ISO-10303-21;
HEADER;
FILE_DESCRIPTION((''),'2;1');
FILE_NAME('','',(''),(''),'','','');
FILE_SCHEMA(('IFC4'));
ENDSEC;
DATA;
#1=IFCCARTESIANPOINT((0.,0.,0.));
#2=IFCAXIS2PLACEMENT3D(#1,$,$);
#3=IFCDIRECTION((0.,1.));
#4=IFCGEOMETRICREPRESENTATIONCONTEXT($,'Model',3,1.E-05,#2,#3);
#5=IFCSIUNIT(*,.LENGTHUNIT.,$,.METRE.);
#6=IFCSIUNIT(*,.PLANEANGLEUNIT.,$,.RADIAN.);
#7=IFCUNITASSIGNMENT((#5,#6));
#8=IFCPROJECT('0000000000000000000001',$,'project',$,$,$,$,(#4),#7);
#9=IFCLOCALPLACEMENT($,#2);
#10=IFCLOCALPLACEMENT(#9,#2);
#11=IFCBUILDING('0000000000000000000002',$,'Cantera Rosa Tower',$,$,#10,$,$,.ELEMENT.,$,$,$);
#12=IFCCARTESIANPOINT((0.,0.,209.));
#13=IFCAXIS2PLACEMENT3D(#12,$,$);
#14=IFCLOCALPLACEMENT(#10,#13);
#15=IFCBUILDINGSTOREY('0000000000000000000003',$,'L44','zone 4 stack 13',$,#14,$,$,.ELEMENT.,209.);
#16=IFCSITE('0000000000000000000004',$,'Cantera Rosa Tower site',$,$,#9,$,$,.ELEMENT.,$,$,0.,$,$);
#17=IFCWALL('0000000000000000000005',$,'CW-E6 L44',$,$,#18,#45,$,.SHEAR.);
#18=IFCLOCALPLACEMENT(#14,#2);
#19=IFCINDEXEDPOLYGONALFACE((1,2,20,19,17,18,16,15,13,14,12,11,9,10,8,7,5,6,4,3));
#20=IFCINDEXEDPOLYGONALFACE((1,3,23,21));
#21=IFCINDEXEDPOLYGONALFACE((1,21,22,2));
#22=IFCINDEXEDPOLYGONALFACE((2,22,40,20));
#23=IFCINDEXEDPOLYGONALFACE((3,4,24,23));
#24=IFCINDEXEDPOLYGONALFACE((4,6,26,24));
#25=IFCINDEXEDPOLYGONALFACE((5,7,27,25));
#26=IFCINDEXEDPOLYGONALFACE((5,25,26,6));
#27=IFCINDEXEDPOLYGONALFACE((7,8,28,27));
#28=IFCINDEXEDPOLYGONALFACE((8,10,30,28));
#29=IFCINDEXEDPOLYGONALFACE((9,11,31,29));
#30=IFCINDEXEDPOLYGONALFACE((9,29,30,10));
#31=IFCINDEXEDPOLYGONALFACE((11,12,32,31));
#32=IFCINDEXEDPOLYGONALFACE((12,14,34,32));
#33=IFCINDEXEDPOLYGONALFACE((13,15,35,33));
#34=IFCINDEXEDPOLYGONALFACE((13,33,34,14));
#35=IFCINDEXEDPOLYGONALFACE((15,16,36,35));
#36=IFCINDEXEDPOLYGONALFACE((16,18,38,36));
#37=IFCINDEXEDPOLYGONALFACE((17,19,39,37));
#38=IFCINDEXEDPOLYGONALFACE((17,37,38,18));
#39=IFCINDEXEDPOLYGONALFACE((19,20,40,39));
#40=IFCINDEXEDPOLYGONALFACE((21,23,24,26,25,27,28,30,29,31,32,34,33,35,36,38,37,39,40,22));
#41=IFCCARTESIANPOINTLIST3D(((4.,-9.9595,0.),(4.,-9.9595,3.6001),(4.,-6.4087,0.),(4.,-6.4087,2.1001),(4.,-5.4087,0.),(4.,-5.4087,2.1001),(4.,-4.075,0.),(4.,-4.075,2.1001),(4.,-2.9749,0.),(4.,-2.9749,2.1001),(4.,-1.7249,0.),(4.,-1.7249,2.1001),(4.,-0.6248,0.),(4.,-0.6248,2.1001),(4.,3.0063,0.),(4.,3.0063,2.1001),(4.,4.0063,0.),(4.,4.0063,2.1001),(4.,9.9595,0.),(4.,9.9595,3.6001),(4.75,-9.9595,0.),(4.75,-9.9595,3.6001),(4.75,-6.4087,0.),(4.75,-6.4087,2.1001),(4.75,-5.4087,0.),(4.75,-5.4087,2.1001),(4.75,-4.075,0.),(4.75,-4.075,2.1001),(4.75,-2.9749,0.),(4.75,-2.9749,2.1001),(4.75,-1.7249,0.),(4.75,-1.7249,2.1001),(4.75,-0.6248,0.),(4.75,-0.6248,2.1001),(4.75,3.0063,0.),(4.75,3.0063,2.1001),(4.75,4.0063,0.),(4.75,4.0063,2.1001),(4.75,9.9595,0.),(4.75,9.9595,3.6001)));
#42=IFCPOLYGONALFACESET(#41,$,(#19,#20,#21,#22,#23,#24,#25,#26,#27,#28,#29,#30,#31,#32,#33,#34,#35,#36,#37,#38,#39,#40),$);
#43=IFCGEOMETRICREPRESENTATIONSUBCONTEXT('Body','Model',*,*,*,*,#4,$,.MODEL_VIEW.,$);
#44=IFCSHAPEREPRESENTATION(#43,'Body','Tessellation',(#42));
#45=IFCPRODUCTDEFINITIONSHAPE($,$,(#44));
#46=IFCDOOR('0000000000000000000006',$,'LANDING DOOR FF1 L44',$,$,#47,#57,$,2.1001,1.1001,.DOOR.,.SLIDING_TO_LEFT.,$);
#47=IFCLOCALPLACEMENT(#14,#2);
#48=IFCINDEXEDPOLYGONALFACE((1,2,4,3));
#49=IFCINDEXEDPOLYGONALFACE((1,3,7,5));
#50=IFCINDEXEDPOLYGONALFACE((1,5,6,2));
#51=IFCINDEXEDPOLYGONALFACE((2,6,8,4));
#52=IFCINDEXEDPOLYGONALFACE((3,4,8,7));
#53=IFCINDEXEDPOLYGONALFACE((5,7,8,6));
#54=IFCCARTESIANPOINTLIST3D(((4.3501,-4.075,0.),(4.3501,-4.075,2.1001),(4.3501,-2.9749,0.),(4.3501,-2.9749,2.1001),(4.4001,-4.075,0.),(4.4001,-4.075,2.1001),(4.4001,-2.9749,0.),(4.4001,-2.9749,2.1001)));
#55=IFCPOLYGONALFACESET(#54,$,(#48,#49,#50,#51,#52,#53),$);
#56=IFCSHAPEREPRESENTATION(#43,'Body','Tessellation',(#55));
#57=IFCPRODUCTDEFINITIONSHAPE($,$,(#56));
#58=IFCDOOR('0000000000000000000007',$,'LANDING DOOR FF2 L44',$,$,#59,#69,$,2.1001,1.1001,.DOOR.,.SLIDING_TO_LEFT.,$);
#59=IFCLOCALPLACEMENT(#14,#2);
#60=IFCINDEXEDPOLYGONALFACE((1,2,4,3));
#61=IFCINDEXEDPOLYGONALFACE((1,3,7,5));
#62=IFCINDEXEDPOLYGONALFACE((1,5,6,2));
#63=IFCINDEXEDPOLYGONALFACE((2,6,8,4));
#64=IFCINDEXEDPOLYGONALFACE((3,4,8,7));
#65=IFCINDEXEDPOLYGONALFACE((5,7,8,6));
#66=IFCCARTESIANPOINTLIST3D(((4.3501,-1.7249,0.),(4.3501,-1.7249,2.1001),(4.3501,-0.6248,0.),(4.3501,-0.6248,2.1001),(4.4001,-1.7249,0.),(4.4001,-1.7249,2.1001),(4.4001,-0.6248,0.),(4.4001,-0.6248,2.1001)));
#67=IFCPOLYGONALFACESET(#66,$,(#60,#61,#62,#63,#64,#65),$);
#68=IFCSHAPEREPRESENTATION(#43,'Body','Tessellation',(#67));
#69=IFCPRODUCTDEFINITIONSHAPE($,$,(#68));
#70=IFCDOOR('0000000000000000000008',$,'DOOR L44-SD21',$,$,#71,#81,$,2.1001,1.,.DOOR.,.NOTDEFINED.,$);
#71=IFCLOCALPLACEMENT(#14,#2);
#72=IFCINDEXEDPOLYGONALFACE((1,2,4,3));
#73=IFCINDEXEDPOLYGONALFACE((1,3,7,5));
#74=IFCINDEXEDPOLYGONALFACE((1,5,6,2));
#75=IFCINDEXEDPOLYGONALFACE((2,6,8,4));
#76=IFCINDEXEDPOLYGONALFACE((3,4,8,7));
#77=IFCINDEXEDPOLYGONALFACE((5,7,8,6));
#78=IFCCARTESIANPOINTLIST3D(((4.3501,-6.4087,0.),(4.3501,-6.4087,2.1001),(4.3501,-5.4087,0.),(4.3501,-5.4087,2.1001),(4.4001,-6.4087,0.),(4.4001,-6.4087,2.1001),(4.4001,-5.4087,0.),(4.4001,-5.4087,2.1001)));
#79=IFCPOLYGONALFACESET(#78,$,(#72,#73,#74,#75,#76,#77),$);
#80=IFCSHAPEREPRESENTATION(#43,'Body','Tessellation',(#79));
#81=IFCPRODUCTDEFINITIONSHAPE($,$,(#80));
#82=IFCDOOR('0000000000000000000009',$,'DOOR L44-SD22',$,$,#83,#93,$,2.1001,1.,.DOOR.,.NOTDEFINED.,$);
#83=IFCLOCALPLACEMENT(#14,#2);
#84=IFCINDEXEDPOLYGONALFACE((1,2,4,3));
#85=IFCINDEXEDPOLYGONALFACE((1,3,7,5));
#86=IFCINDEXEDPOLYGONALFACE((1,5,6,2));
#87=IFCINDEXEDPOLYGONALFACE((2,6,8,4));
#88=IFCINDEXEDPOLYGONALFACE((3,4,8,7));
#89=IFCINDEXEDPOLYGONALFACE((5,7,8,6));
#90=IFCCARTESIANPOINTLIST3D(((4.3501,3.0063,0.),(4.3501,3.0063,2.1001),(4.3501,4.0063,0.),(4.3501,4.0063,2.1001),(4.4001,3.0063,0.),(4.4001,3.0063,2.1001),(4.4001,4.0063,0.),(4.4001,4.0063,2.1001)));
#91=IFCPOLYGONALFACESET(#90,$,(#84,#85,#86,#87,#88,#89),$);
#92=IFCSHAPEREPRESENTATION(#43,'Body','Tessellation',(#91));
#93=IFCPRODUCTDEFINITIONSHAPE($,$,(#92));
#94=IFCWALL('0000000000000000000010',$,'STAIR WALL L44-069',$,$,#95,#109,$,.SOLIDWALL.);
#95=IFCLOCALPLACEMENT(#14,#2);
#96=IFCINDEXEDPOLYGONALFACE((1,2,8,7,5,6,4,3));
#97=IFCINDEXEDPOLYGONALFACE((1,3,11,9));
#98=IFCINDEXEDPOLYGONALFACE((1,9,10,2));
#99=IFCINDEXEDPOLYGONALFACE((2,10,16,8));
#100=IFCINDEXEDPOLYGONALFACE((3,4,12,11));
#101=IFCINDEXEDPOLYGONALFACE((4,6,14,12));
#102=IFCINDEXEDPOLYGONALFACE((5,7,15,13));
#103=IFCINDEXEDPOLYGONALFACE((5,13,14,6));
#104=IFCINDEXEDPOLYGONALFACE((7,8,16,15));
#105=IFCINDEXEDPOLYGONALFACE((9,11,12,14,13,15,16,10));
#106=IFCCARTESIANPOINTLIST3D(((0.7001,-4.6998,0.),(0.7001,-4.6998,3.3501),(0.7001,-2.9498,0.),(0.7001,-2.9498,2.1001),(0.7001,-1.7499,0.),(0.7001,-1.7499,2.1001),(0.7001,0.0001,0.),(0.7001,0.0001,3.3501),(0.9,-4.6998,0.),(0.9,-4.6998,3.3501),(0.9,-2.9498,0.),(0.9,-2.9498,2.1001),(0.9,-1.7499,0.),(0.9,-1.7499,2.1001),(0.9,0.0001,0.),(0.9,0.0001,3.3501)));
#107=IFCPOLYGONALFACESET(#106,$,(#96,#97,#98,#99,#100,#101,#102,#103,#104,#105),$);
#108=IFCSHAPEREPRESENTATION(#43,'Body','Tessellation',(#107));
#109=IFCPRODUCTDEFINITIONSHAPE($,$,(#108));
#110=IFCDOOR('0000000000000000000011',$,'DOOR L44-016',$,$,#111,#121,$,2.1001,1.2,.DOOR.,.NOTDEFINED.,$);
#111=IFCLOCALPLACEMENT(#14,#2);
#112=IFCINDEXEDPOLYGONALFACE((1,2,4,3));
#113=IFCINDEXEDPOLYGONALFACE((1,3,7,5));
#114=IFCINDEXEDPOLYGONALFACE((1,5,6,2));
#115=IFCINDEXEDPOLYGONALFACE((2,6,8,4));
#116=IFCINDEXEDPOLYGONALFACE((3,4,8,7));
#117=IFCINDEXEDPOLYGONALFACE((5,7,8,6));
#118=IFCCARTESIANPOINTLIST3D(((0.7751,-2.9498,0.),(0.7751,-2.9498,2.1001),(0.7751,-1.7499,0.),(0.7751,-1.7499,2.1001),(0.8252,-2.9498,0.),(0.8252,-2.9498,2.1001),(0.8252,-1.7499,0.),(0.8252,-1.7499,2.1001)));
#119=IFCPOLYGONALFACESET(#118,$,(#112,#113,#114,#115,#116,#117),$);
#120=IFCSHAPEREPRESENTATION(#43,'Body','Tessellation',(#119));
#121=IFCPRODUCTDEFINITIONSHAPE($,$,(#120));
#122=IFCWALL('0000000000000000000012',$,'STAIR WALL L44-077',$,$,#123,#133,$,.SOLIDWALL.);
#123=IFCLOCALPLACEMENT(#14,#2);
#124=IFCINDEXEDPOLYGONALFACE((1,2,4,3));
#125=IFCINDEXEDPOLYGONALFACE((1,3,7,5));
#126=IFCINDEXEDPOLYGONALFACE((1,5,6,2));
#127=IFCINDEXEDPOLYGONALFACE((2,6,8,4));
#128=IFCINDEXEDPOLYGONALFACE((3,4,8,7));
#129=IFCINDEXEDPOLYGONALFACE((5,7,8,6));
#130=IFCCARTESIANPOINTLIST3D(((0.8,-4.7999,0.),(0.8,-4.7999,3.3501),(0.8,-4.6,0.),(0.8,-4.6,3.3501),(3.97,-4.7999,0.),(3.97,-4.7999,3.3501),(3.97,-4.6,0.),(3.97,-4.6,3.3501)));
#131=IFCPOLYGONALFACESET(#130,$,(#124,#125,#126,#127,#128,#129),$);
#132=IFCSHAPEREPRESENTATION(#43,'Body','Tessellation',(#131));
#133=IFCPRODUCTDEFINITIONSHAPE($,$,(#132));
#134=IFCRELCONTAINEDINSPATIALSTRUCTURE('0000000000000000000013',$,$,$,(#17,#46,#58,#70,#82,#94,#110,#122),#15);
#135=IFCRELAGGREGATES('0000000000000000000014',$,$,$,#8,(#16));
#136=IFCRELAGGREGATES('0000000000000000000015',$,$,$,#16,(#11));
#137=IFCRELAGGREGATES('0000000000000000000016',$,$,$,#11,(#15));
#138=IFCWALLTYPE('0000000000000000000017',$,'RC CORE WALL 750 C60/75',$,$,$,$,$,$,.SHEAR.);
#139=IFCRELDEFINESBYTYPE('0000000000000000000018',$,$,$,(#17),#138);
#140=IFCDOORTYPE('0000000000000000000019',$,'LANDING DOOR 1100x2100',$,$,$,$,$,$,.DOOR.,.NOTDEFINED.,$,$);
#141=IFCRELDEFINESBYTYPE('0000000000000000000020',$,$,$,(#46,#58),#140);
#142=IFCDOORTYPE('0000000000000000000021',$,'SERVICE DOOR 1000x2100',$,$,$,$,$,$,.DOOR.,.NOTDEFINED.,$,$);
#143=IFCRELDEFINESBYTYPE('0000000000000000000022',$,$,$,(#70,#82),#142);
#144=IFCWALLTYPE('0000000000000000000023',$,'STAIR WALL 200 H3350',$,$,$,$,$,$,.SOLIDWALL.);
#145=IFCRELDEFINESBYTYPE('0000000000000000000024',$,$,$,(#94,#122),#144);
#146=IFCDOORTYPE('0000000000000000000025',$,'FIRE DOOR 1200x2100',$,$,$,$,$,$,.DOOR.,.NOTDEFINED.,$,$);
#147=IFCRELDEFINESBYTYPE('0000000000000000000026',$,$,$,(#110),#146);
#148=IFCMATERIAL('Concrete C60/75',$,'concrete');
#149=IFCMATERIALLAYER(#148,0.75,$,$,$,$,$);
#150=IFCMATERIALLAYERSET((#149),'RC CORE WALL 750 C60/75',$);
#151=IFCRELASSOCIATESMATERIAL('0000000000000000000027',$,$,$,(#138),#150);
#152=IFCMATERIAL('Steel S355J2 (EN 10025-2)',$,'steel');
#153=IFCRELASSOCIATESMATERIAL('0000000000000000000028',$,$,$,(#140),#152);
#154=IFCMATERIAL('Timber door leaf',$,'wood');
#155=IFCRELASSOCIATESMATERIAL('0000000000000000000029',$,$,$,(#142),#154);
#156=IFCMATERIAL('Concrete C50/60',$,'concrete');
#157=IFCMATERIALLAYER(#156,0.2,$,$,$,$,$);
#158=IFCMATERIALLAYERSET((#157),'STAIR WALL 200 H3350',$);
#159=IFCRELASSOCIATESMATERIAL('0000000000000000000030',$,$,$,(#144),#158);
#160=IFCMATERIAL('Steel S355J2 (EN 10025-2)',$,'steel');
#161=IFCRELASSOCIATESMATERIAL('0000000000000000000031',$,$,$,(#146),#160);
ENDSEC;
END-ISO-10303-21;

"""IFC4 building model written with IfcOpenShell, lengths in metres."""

from ifc_helpers import new_model, si_unit, direction, frame, frame_2d, origin, place, context, subcontext, project, spatial, rectangle, extrude, material, layer, layer_set, type_object, element, fill, save


model = new_model("IFC4")

# Units and contexts
model_context = context("Model", 3, precision=1e-05, world=origin(), true_north=direction((0.0, 1.0)))
body_context = subcontext(model_context, "Body", "Model", "MODEL_VIEW")
ifc_project = project(units=[si_unit("LENGTHUNIT", "METRE"), si_unit("PLANEANGLEUNIT", "RADIAN")], contexts=[model_context])

# Site, building, storey
site_placement = place(None, origin())
site = spatial("IfcSite", under=ifc_project, at=site_placement, Name="Cantera Rosa Tower site", CompositionType="ELEMENT", RefElevation=0.0)
building_placement = place(site_placement, origin())
building = spatial("IfcBuilding", under=site, at=building_placement, Name="Cantera Rosa Tower", CompositionType="ELEMENT")
storey_placement = place(building_placement, frame((0.0, 0.0, 209.0)))
storey = spatial("IfcBuildingStorey", under=building, at=storey_placement, Name="L44", Description="zone 4 stack 13", CompositionType="ELEMENT", Elevation=209.0)

# Shared definitions
ifc_material_1 = material(Name="Concrete C60/75", Category="concrete")
ifc_layer_1 = layer(ifc_material_1, 0.75)
ifc_layer_set_1 = layer_set([ifc_layer_1], Name="RC CORE WALL 750 C60/75")
wall_type_1 = type_object("IfcWallType", Name="RC CORE WALL 750 C60/75", PredefinedType="SHEAR", material=ifc_layer_set_1)

# Wall, openings, doors
wall_1_placement = place(storey_placement, frame((4.375, -9.9595, 0.0), z_axis=(0.0, 0.0, 1.0), x_axis=(0.0, 1.0, 0.0)))
wall_1 = element("IfcWall", 1, at=wall_1_placement, inside=storey, type_object=wall_type_1, Name="CW-E6 L44", PredefinedType="SHEAR", context=body_context, shape_type="SweptSolid", body=[
    extrude(rectangle(XDim=19.9189, YDim=0.75, at=frame_2d((9.9595, 0.0))), origin(), (0.0, 0.0, 1.0), 3.6001),
])
opening_1_placement = place(wall_1_placement, frame((5.8845, 0.0, 0.0)))
opening_1 = element("IfcOpeningElement", 2, at=opening_1_placement, cuts=wall_1, PredefinedType="OPENING", context=body_context, shape_type="SweptSolid", body=[
    extrude(rectangle(XDim=1.1001, YDim=2.1001, at=frame_2d((0.55, 1.05))), frame((0.0, 0.385, 0.0), z_axis=(0.0, -1.0, 0.0), x_axis=(1.0, 0.0, 0.0)), (0.0, 0.0, 1.0), 0.77),
])
opening_2_placement = place(wall_1_placement, frame((8.2346, 0.0, 0.0)))
opening_2 = element("IfcOpeningElement", 3, at=opening_2_placement, cuts=wall_1, PredefinedType="OPENING", context=body_context, shape_type="SweptSolid", body=[
    extrude(rectangle(XDim=1.1001, YDim=2.1001, at=frame_2d((0.55, 1.05))), frame((0.0, 0.385, 0.0), z_axis=(0.0, -1.0, 0.0), x_axis=(1.0, 0.0, 0.0)), (0.0, 0.0, 1.0), 0.77),
])
opening_3_placement = place(wall_1_placement, frame((3.5508, 0.0, 0.0)))
opening_3 = element("IfcOpeningElement", 4, at=opening_3_placement, cuts=wall_1, PredefinedType="OPENING", context=body_context, shape_type="SweptSolid", body=[
    extrude(rectangle(XDim=1.0, YDim=2.1001, at=frame_2d((0.5, 1.05))), frame((0.0, 0.385, 0.0), z_axis=(0.0, -1.0, 0.0), x_axis=(1.0, 0.0, 0.0)), (0.0, 0.0, 1.0), 0.77),
])
opening_4_placement = place(wall_1_placement, frame((12.9658, 0.0, 0.0)))
opening_4 = element("IfcOpeningElement", 5, at=opening_4_placement, cuts=wall_1, PredefinedType="OPENING", context=body_context, shape_type="SweptSolid", body=[
    extrude(rectangle(XDim=1.0, YDim=2.1001, at=frame_2d((0.5, 1.05))), frame((0.0, 0.385, 0.0), z_axis=(0.0, -1.0, 0.0), x_axis=(1.0, 0.0, 0.0)), (0.0, 0.0, 1.0), 0.77),
])
ifc_material_2 = material(Name="Steel S355J2 (EN 10025-2)", Category="steel")
door_type_1 = type_object("IfcDoorType", Name="LANDING DOOR 1100x2100", OperationType="NOTDEFINED", PredefinedType="DOOR", material=ifc_material_2)
door_1_placement = place(opening_1_placement, origin())
door_1 = element("IfcDoor", 6, at=door_1_placement, inside=storey, type_object=door_type_1, Name="LANDING DOOR FF1 L44", OperationType="SLIDING_TO_LEFT", OverallHeight=2.1001, OverallWidth=1.1001, PredefinedType="DOOR", context=body_context, shape_type="SweptSolid", body=[
    extrude(rectangle(XDim=1.1001, YDim=2.1001, at=frame_2d((0.55, 1.05))), frame((0.0, 0.0249, 0.0), z_axis=(0.0, -1.0, 0.0), x_axis=(1.0, 0.0, 0.0)), (0.0, 0.0, 1.0), 0.05),
])
fill(opening_1, door_1)
door_2_placement = place(opening_2_placement, origin())
door_2 = element("IfcDoor", 7, at=door_2_placement, inside=storey, type_object=door_type_1, Name="LANDING DOOR FF2 L44", OperationType="SLIDING_TO_LEFT", OverallHeight=2.1001, OverallWidth=1.1001, PredefinedType="DOOR", context=body_context, shape_type="SweptSolid", body=[
    extrude(rectangle(XDim=1.1001, YDim=2.1001, at=frame_2d((0.55, 1.05))), frame((0.0, 0.0249, 0.0), z_axis=(0.0, -1.0, 0.0), x_axis=(1.0, 0.0, 0.0)), (0.0, 0.0, 1.0), 0.05),
])
fill(opening_2, door_2)
ifc_material_3 = material(Name="Timber door leaf", Category="wood")
door_type_2 = type_object("IfcDoorType", Name="SERVICE DOOR 1000x2100", OperationType="NOTDEFINED", PredefinedType="DOOR", material=ifc_material_3)
door_3_placement = place(opening_3_placement, origin())
door_3 = element("IfcDoor", 8, at=door_3_placement, inside=storey, type_object=door_type_2, Name="DOOR L44-SD21", OperationType="NOTDEFINED", OverallHeight=2.1001, OverallWidth=1.0, PredefinedType="DOOR", context=body_context, shape_type="SweptSolid", body=[
    extrude(rectangle(XDim=1.0, YDim=2.1001, at=frame_2d((0.5, 1.05))), frame((0.0, 0.0249, 0.0), z_axis=(0.0, -1.0, 0.0), x_axis=(1.0, 0.0, 0.0)), (0.0, 0.0, 1.0), 0.05),
])
fill(opening_3, door_3)
door_4_placement = place(opening_4_placement, origin())
door_4 = element("IfcDoor", 9, at=door_4_placement, inside=storey, type_object=door_type_2, Name="DOOR L44-SD22", OperationType="NOTDEFINED", OverallHeight=2.1001, OverallWidth=1.0, PredefinedType="DOOR", context=body_context, shape_type="SweptSolid", body=[
    extrude(rectangle(XDim=1.0, YDim=2.1001, at=frame_2d((0.5, 1.05))), frame((0.0, 0.0249, 0.0), z_axis=(0.0, -1.0, 0.0), x_axis=(1.0, 0.0, 0.0)), (0.0, 0.0, 1.0), 0.05),
])
fill(opening_4, door_4)

# Wall, opening, door
ifc_material_4 = material(Name="Concrete C50/60", Category="concrete")
ifc_layer_2 = layer(ifc_material_4, 0.2)
ifc_layer_set_2 = layer_set([ifc_layer_2], Name="STAIR WALL 200 H3350")
wall_type_2 = type_object("IfcWallType", Name="STAIR WALL 200 H3350", PredefinedType="SOLIDWALL", material=ifc_layer_set_2)
wall_2_placement = place(storey_placement, frame((0.8, -4.7, 0.0), z_axis=(0.0, 0.0, 1.0), x_axis=(0.0, 1.0, 0.0)))
wall_2 = element("IfcWall", 10, at=wall_2_placement, inside=storey, type_object=wall_type_2, Name="STAIR WALL L44-069", PredefinedType="SOLIDWALL", context=body_context, shape_type="SweptSolid", body=[
    extrude(rectangle(XDim=4.7, YDim=0.2, at=frame_2d((2.3501, 0.0))), origin(), (0.0, 0.0, 1.0), 3.3501),
])
opening_5_placement = place(wall_2_placement, frame((1.75, 0.0, 0.0)))
opening_5 = element("IfcOpeningElement", 11, at=opening_5_placement, cuts=wall_2, PredefinedType="OPENING", context=body_context, shape_type="SweptSolid", body=[
    extrude(rectangle(XDim=1.2, YDim=2.1001, at=frame_2d((0.6001, 1.05))), frame((0.0, 0.1099, 0.0), z_axis=(0.0, -1.0, 0.0), x_axis=(1.0, 0.0, 0.0)), (0.0, 0.0, 1.0), 0.22),
])
ifc_material_5 = material(Name="Steel S355J2 (EN 10025-2)", Category="steel")
door_type_3 = type_object("IfcDoorType", Name="FIRE DOOR 1200x2100", OperationType="NOTDEFINED", PredefinedType="DOOR", material=ifc_material_5)
door_5_placement = place(opening_5_placement, origin())
door_5 = element("IfcDoor", 12, at=door_5_placement, inside=storey, type_object=door_type_3, Name="DOOR L44-016", OperationType="NOTDEFINED", OverallHeight=2.1001, OverallWidth=1.2, PredefinedType="DOOR", context=body_context, shape_type="SweptSolid", body=[
    extrude(rectangle(XDim=1.2, YDim=2.1001, at=frame_2d((0.6001, 1.05))), frame((0.0, 0.0249, 0.0), z_axis=(0.0, -1.0, 0.0), x_axis=(1.0, 0.0, 0.0)), (0.0, 0.0, 1.0), 0.05),
])
fill(opening_5, door_5)

# Wall
wall_3_placement = place(storey_placement, frame((3.97, -4.7, 0.0), z_axis=(0.0, 0.0, 1.0), x_axis=(-1.0, 0.0, 0.0)))
element("IfcWall", 13, at=wall_3_placement, inside=storey, type_object=wall_type_2, Name="STAIR WALL L44-077", PredefinedType="SOLIDWALL", context=body_context, shape_type="SweptSolid", body=[
    extrude(rectangle(XDim=3.1699, YDim=0.2, at=frame_2d((1.585, 0.0))), origin(), (0.0, 0.0, 1.0), 3.3501),
])

save(model, "model.ifc")
